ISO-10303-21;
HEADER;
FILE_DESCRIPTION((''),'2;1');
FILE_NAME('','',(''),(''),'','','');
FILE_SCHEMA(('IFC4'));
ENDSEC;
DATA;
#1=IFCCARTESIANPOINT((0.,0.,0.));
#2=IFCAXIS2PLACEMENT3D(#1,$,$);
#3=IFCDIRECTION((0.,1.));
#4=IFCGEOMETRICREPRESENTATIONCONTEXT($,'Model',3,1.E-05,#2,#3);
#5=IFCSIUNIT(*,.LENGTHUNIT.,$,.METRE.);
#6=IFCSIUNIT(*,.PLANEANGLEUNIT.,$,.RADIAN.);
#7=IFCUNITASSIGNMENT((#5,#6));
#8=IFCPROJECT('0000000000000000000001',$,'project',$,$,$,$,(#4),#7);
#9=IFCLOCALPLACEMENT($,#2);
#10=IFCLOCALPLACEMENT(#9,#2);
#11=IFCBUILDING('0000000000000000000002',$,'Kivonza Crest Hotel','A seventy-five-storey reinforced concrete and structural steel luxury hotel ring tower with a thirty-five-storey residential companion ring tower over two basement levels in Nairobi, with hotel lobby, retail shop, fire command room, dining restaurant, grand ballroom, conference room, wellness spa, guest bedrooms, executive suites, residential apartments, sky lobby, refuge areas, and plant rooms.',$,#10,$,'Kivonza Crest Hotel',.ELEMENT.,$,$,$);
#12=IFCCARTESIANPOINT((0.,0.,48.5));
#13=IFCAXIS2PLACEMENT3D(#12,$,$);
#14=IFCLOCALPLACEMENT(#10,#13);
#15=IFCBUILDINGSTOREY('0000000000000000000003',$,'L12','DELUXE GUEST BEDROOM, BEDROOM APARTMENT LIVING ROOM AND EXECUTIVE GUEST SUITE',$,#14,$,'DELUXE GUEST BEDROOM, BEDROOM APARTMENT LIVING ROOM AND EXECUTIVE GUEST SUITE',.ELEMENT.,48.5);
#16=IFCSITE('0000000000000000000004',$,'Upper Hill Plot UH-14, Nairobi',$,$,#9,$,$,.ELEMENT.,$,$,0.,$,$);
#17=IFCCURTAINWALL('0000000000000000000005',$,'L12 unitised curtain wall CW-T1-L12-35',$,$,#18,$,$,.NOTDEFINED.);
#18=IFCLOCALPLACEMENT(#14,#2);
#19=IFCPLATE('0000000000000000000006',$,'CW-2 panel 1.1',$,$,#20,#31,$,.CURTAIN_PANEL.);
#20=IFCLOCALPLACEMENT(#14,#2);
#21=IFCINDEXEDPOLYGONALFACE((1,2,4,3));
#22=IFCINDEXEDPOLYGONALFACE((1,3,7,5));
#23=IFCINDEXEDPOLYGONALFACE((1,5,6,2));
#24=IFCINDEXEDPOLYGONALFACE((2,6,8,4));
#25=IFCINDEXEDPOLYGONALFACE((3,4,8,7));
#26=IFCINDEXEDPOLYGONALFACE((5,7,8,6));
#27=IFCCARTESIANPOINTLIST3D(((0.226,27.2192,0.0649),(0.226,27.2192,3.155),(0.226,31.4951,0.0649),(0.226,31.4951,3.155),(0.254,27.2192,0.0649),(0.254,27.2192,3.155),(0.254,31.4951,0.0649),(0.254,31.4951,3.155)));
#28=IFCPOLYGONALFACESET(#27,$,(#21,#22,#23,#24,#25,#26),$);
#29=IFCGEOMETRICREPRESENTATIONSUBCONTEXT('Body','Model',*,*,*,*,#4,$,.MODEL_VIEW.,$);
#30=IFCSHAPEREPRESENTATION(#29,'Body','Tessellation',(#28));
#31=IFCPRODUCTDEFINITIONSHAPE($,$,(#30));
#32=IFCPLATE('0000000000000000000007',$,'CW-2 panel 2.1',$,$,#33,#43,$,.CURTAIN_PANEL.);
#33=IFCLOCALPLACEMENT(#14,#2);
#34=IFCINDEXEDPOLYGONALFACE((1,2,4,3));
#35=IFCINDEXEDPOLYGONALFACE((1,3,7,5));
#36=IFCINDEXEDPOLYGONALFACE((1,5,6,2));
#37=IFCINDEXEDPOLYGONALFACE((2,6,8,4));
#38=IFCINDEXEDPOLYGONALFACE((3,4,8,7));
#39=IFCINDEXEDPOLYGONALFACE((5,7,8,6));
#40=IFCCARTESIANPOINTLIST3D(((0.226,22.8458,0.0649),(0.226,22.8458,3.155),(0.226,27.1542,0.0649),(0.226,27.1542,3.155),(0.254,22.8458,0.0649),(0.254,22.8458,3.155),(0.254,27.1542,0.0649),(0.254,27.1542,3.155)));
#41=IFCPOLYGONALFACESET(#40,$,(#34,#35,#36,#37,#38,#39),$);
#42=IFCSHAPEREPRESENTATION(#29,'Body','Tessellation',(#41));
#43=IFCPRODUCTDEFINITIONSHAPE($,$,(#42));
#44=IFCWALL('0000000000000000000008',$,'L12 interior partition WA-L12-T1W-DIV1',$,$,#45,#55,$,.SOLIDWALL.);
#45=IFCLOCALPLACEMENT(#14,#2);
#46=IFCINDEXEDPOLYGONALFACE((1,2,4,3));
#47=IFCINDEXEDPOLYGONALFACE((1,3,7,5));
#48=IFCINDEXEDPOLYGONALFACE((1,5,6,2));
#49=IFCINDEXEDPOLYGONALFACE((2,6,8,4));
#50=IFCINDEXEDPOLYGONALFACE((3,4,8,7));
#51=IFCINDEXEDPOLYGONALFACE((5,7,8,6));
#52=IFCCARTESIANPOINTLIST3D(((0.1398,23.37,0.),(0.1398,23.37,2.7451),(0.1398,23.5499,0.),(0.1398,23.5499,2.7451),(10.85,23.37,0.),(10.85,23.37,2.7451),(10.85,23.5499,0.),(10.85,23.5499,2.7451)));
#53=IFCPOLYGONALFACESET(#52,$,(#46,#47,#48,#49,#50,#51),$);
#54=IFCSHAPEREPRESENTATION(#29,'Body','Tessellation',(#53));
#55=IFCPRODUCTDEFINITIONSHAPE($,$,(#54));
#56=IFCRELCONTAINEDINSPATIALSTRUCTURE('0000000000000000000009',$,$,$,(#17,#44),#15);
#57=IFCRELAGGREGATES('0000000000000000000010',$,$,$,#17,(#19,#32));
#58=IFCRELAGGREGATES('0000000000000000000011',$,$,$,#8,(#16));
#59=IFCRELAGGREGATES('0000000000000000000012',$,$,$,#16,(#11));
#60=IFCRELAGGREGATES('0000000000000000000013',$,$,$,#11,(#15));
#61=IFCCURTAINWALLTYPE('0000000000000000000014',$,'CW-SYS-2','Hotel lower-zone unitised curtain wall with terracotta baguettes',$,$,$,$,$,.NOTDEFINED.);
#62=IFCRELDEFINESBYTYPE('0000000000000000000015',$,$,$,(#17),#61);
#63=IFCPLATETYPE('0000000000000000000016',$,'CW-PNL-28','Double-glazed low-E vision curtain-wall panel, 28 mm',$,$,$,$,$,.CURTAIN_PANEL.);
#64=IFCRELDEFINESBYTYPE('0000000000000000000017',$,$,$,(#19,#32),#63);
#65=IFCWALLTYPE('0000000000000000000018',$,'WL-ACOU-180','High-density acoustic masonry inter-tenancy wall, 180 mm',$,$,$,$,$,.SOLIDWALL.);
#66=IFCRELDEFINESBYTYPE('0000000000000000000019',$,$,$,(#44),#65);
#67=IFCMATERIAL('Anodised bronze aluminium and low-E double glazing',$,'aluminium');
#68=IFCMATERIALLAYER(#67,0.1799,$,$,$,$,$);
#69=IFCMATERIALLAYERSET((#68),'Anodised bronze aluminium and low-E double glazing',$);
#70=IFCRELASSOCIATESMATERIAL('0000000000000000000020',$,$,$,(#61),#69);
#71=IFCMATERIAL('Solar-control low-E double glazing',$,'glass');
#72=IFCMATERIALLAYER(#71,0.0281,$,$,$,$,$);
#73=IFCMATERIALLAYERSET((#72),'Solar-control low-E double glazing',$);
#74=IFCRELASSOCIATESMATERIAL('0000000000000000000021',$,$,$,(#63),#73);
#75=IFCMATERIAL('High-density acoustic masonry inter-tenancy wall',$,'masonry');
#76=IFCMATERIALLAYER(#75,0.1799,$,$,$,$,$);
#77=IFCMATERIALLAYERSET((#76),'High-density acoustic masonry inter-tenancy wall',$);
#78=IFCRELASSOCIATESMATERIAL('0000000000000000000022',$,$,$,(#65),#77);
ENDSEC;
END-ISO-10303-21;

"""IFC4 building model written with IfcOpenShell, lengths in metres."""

from ifc_helpers import new_model, si_unit, direction, frame, frame_2d, origin, origin_2d, place, context, subcontext, project, spatial, rectangle, extrude, material, layer, layer_set, type_object, element, aggregate, save


model = new_model("IFC4")

# Units and contexts
model_context = context("Model", 3, precision=1e-05, world=origin(), true_north=direction((0.0, 1.0)))
body_context = subcontext(model_context, "Body", "Model", "MODEL_VIEW")
ifc_project = project(units=[si_unit("LENGTHUNIT", "METRE"), si_unit("PLANEANGLEUNIT", "RADIAN")], contexts=[model_context])

# Site, building, storey
site_placement = place(None, origin())
site = spatial("IfcSite", under=ifc_project, at=site_placement, Name="Upper Hill Plot UH-14, Nairobi", CompositionType="ELEMENT", RefElevation=0.0)
building_placement = place(site_placement, origin())
building = spatial("IfcBuilding", under=site, at=building_placement, Name="Kivonza Crest Hotel", Description="A seventy-five-storey reinforced concrete and structural steel luxury hotel ring tower with a thirty-five-storey residential companion ring tower over two basement levels in Nairobi, with hotel lobby, retail shop, fire command room, dining restaurant, grand ballroom, conference room, wellness spa, guest bedrooms, executive suites, residential apartments, sky lobby, refuge areas, and plant rooms.", LongName="Kivonza Crest Hotel", CompositionType="ELEMENT")
storey_placement = place(building_placement, frame((0.0, 0.0, 48.5)))
storey = spatial("IfcBuildingStorey", under=building, at=storey_placement, Name="L12", Description="DELUXE GUEST BEDROOM, BEDROOM APARTMENT LIVING ROOM AND EXECUTIVE GUEST SUITE", LongName="DELUXE GUEST BEDROOM, BEDROOM APARTMENT LIVING ROOM AND EXECUTIVE GUEST SUITE", CompositionType="ELEMENT", Elevation=48.5)

# Curtain wall, plates
ifc_material_1 = material(Name="Anodised bronze aluminium and low-E double glazing", Category="aluminium")
ifc_layer_1 = layer(ifc_material_1, 0.1799)
ifc_layer_set_1 = layer_set([ifc_layer_1], Name="Anodised bronze aluminium and low-E double glazing")
curtain_wall_type = type_object("IfcCurtainWallType", Name="CW-SYS-2", Description="Hotel lower-zone unitised curtain wall with terracotta baguettes", PredefinedType="NOTDEFINED", material=ifc_layer_set_1)
curtain_wall_placement = place(storey_placement, origin())
curtain_wall = element("IfcCurtainWall", 1, at=curtain_wall_placement, inside=storey, type_object=curtain_wall_type, Name="L12 unitised curtain wall CW-T1-L12-35", PredefinedType="NOTDEFINED")
ifc_material_2 = material(Name="Solar-control low-E double glazing", Category="glass")
ifc_layer_2 = layer(ifc_material_2, 0.0281)
ifc_layer_set_2 = layer_set([ifc_layer_2], Name="Solar-control low-E double glazing")
plate_type = type_object("IfcPlateType", Name="CW-PNL-28", Description="Double-glazed low-E vision curtain-wall panel, 28 mm", PredefinedType="CURTAIN_PANEL", material=ifc_layer_set_2)
plate_1_placement = place(storey_placement, frame((0.24, 29.3572, 0.0649), z_axis=(0.0, 0.0, 1.0), x_axis=(0.0, -1.0, 0.0)))
plate_1 = element("IfcPlate", 2, at=plate_1_placement, type_object=plate_type, Name="CW-2 panel 1.1", PredefinedType="CURTAIN_PANEL", context=body_context, shape_type="SweptSolid", body=[
    extrude(rectangle(XDim=4.2759, YDim=0.0281, at=origin_2d()), origin(), (0.0, 0.0, 1.0), 3.0901),
])
plate_2_placement = place(storey_placement, frame((0.24, 25.0, 0.0649), z_axis=(0.0, 0.0, 1.0), x_axis=(0.0, -1.0, 0.0)))
plate_2 = element("IfcPlate", 3, at=plate_2_placement, type_object=plate_type, Name="CW-2 panel 2.1", PredefinedType="CURTAIN_PANEL", context=body_context, shape_type="SweptSolid", body=[
    extrude(rectangle(XDim=4.3083, YDim=0.0281, at=origin_2d()), origin(), (0.0, 0.0, 1.0), 3.0901),
])
aggregate(curtain_wall, [plate_1, plate_2])

# Wall
ifc_material_3 = material(Name="High-density acoustic masonry inter-tenancy wall", Category="masonry")
ifc_layer_3 = layer(ifc_material_3, 0.1799)
ifc_layer_set_3 = layer_set([ifc_layer_3], Name="High-density acoustic masonry inter-tenancy wall")
wall_type = type_object("IfcWallType", Name="WL-ACOU-180", Description="High-density acoustic masonry inter-tenancy wall, 180 mm", PredefinedType="SOLIDWALL", material=ifc_layer_set_3)
wall_placement = place(storey_placement, frame((0.1399, 23.46, 0.0), z_axis=(0.0, 0.0, 1.0), x_axis=(1.0, 0.0, 0.0)))
element("IfcWall", 4, at=wall_placement, inside=storey, type_object=wall_type, Name="L12 interior partition WA-L12-T1W-DIV1", PredefinedType="SOLIDWALL", context=body_context, shape_type="SweptSolid", body=[
    extrude(rectangle(XDim=10.7102, YDim=0.1799, at=frame_2d((5.355, 0.0))), origin(), (0.0, 0.0, 1.0), 2.7451),
])

save(model, "model.ifc")
